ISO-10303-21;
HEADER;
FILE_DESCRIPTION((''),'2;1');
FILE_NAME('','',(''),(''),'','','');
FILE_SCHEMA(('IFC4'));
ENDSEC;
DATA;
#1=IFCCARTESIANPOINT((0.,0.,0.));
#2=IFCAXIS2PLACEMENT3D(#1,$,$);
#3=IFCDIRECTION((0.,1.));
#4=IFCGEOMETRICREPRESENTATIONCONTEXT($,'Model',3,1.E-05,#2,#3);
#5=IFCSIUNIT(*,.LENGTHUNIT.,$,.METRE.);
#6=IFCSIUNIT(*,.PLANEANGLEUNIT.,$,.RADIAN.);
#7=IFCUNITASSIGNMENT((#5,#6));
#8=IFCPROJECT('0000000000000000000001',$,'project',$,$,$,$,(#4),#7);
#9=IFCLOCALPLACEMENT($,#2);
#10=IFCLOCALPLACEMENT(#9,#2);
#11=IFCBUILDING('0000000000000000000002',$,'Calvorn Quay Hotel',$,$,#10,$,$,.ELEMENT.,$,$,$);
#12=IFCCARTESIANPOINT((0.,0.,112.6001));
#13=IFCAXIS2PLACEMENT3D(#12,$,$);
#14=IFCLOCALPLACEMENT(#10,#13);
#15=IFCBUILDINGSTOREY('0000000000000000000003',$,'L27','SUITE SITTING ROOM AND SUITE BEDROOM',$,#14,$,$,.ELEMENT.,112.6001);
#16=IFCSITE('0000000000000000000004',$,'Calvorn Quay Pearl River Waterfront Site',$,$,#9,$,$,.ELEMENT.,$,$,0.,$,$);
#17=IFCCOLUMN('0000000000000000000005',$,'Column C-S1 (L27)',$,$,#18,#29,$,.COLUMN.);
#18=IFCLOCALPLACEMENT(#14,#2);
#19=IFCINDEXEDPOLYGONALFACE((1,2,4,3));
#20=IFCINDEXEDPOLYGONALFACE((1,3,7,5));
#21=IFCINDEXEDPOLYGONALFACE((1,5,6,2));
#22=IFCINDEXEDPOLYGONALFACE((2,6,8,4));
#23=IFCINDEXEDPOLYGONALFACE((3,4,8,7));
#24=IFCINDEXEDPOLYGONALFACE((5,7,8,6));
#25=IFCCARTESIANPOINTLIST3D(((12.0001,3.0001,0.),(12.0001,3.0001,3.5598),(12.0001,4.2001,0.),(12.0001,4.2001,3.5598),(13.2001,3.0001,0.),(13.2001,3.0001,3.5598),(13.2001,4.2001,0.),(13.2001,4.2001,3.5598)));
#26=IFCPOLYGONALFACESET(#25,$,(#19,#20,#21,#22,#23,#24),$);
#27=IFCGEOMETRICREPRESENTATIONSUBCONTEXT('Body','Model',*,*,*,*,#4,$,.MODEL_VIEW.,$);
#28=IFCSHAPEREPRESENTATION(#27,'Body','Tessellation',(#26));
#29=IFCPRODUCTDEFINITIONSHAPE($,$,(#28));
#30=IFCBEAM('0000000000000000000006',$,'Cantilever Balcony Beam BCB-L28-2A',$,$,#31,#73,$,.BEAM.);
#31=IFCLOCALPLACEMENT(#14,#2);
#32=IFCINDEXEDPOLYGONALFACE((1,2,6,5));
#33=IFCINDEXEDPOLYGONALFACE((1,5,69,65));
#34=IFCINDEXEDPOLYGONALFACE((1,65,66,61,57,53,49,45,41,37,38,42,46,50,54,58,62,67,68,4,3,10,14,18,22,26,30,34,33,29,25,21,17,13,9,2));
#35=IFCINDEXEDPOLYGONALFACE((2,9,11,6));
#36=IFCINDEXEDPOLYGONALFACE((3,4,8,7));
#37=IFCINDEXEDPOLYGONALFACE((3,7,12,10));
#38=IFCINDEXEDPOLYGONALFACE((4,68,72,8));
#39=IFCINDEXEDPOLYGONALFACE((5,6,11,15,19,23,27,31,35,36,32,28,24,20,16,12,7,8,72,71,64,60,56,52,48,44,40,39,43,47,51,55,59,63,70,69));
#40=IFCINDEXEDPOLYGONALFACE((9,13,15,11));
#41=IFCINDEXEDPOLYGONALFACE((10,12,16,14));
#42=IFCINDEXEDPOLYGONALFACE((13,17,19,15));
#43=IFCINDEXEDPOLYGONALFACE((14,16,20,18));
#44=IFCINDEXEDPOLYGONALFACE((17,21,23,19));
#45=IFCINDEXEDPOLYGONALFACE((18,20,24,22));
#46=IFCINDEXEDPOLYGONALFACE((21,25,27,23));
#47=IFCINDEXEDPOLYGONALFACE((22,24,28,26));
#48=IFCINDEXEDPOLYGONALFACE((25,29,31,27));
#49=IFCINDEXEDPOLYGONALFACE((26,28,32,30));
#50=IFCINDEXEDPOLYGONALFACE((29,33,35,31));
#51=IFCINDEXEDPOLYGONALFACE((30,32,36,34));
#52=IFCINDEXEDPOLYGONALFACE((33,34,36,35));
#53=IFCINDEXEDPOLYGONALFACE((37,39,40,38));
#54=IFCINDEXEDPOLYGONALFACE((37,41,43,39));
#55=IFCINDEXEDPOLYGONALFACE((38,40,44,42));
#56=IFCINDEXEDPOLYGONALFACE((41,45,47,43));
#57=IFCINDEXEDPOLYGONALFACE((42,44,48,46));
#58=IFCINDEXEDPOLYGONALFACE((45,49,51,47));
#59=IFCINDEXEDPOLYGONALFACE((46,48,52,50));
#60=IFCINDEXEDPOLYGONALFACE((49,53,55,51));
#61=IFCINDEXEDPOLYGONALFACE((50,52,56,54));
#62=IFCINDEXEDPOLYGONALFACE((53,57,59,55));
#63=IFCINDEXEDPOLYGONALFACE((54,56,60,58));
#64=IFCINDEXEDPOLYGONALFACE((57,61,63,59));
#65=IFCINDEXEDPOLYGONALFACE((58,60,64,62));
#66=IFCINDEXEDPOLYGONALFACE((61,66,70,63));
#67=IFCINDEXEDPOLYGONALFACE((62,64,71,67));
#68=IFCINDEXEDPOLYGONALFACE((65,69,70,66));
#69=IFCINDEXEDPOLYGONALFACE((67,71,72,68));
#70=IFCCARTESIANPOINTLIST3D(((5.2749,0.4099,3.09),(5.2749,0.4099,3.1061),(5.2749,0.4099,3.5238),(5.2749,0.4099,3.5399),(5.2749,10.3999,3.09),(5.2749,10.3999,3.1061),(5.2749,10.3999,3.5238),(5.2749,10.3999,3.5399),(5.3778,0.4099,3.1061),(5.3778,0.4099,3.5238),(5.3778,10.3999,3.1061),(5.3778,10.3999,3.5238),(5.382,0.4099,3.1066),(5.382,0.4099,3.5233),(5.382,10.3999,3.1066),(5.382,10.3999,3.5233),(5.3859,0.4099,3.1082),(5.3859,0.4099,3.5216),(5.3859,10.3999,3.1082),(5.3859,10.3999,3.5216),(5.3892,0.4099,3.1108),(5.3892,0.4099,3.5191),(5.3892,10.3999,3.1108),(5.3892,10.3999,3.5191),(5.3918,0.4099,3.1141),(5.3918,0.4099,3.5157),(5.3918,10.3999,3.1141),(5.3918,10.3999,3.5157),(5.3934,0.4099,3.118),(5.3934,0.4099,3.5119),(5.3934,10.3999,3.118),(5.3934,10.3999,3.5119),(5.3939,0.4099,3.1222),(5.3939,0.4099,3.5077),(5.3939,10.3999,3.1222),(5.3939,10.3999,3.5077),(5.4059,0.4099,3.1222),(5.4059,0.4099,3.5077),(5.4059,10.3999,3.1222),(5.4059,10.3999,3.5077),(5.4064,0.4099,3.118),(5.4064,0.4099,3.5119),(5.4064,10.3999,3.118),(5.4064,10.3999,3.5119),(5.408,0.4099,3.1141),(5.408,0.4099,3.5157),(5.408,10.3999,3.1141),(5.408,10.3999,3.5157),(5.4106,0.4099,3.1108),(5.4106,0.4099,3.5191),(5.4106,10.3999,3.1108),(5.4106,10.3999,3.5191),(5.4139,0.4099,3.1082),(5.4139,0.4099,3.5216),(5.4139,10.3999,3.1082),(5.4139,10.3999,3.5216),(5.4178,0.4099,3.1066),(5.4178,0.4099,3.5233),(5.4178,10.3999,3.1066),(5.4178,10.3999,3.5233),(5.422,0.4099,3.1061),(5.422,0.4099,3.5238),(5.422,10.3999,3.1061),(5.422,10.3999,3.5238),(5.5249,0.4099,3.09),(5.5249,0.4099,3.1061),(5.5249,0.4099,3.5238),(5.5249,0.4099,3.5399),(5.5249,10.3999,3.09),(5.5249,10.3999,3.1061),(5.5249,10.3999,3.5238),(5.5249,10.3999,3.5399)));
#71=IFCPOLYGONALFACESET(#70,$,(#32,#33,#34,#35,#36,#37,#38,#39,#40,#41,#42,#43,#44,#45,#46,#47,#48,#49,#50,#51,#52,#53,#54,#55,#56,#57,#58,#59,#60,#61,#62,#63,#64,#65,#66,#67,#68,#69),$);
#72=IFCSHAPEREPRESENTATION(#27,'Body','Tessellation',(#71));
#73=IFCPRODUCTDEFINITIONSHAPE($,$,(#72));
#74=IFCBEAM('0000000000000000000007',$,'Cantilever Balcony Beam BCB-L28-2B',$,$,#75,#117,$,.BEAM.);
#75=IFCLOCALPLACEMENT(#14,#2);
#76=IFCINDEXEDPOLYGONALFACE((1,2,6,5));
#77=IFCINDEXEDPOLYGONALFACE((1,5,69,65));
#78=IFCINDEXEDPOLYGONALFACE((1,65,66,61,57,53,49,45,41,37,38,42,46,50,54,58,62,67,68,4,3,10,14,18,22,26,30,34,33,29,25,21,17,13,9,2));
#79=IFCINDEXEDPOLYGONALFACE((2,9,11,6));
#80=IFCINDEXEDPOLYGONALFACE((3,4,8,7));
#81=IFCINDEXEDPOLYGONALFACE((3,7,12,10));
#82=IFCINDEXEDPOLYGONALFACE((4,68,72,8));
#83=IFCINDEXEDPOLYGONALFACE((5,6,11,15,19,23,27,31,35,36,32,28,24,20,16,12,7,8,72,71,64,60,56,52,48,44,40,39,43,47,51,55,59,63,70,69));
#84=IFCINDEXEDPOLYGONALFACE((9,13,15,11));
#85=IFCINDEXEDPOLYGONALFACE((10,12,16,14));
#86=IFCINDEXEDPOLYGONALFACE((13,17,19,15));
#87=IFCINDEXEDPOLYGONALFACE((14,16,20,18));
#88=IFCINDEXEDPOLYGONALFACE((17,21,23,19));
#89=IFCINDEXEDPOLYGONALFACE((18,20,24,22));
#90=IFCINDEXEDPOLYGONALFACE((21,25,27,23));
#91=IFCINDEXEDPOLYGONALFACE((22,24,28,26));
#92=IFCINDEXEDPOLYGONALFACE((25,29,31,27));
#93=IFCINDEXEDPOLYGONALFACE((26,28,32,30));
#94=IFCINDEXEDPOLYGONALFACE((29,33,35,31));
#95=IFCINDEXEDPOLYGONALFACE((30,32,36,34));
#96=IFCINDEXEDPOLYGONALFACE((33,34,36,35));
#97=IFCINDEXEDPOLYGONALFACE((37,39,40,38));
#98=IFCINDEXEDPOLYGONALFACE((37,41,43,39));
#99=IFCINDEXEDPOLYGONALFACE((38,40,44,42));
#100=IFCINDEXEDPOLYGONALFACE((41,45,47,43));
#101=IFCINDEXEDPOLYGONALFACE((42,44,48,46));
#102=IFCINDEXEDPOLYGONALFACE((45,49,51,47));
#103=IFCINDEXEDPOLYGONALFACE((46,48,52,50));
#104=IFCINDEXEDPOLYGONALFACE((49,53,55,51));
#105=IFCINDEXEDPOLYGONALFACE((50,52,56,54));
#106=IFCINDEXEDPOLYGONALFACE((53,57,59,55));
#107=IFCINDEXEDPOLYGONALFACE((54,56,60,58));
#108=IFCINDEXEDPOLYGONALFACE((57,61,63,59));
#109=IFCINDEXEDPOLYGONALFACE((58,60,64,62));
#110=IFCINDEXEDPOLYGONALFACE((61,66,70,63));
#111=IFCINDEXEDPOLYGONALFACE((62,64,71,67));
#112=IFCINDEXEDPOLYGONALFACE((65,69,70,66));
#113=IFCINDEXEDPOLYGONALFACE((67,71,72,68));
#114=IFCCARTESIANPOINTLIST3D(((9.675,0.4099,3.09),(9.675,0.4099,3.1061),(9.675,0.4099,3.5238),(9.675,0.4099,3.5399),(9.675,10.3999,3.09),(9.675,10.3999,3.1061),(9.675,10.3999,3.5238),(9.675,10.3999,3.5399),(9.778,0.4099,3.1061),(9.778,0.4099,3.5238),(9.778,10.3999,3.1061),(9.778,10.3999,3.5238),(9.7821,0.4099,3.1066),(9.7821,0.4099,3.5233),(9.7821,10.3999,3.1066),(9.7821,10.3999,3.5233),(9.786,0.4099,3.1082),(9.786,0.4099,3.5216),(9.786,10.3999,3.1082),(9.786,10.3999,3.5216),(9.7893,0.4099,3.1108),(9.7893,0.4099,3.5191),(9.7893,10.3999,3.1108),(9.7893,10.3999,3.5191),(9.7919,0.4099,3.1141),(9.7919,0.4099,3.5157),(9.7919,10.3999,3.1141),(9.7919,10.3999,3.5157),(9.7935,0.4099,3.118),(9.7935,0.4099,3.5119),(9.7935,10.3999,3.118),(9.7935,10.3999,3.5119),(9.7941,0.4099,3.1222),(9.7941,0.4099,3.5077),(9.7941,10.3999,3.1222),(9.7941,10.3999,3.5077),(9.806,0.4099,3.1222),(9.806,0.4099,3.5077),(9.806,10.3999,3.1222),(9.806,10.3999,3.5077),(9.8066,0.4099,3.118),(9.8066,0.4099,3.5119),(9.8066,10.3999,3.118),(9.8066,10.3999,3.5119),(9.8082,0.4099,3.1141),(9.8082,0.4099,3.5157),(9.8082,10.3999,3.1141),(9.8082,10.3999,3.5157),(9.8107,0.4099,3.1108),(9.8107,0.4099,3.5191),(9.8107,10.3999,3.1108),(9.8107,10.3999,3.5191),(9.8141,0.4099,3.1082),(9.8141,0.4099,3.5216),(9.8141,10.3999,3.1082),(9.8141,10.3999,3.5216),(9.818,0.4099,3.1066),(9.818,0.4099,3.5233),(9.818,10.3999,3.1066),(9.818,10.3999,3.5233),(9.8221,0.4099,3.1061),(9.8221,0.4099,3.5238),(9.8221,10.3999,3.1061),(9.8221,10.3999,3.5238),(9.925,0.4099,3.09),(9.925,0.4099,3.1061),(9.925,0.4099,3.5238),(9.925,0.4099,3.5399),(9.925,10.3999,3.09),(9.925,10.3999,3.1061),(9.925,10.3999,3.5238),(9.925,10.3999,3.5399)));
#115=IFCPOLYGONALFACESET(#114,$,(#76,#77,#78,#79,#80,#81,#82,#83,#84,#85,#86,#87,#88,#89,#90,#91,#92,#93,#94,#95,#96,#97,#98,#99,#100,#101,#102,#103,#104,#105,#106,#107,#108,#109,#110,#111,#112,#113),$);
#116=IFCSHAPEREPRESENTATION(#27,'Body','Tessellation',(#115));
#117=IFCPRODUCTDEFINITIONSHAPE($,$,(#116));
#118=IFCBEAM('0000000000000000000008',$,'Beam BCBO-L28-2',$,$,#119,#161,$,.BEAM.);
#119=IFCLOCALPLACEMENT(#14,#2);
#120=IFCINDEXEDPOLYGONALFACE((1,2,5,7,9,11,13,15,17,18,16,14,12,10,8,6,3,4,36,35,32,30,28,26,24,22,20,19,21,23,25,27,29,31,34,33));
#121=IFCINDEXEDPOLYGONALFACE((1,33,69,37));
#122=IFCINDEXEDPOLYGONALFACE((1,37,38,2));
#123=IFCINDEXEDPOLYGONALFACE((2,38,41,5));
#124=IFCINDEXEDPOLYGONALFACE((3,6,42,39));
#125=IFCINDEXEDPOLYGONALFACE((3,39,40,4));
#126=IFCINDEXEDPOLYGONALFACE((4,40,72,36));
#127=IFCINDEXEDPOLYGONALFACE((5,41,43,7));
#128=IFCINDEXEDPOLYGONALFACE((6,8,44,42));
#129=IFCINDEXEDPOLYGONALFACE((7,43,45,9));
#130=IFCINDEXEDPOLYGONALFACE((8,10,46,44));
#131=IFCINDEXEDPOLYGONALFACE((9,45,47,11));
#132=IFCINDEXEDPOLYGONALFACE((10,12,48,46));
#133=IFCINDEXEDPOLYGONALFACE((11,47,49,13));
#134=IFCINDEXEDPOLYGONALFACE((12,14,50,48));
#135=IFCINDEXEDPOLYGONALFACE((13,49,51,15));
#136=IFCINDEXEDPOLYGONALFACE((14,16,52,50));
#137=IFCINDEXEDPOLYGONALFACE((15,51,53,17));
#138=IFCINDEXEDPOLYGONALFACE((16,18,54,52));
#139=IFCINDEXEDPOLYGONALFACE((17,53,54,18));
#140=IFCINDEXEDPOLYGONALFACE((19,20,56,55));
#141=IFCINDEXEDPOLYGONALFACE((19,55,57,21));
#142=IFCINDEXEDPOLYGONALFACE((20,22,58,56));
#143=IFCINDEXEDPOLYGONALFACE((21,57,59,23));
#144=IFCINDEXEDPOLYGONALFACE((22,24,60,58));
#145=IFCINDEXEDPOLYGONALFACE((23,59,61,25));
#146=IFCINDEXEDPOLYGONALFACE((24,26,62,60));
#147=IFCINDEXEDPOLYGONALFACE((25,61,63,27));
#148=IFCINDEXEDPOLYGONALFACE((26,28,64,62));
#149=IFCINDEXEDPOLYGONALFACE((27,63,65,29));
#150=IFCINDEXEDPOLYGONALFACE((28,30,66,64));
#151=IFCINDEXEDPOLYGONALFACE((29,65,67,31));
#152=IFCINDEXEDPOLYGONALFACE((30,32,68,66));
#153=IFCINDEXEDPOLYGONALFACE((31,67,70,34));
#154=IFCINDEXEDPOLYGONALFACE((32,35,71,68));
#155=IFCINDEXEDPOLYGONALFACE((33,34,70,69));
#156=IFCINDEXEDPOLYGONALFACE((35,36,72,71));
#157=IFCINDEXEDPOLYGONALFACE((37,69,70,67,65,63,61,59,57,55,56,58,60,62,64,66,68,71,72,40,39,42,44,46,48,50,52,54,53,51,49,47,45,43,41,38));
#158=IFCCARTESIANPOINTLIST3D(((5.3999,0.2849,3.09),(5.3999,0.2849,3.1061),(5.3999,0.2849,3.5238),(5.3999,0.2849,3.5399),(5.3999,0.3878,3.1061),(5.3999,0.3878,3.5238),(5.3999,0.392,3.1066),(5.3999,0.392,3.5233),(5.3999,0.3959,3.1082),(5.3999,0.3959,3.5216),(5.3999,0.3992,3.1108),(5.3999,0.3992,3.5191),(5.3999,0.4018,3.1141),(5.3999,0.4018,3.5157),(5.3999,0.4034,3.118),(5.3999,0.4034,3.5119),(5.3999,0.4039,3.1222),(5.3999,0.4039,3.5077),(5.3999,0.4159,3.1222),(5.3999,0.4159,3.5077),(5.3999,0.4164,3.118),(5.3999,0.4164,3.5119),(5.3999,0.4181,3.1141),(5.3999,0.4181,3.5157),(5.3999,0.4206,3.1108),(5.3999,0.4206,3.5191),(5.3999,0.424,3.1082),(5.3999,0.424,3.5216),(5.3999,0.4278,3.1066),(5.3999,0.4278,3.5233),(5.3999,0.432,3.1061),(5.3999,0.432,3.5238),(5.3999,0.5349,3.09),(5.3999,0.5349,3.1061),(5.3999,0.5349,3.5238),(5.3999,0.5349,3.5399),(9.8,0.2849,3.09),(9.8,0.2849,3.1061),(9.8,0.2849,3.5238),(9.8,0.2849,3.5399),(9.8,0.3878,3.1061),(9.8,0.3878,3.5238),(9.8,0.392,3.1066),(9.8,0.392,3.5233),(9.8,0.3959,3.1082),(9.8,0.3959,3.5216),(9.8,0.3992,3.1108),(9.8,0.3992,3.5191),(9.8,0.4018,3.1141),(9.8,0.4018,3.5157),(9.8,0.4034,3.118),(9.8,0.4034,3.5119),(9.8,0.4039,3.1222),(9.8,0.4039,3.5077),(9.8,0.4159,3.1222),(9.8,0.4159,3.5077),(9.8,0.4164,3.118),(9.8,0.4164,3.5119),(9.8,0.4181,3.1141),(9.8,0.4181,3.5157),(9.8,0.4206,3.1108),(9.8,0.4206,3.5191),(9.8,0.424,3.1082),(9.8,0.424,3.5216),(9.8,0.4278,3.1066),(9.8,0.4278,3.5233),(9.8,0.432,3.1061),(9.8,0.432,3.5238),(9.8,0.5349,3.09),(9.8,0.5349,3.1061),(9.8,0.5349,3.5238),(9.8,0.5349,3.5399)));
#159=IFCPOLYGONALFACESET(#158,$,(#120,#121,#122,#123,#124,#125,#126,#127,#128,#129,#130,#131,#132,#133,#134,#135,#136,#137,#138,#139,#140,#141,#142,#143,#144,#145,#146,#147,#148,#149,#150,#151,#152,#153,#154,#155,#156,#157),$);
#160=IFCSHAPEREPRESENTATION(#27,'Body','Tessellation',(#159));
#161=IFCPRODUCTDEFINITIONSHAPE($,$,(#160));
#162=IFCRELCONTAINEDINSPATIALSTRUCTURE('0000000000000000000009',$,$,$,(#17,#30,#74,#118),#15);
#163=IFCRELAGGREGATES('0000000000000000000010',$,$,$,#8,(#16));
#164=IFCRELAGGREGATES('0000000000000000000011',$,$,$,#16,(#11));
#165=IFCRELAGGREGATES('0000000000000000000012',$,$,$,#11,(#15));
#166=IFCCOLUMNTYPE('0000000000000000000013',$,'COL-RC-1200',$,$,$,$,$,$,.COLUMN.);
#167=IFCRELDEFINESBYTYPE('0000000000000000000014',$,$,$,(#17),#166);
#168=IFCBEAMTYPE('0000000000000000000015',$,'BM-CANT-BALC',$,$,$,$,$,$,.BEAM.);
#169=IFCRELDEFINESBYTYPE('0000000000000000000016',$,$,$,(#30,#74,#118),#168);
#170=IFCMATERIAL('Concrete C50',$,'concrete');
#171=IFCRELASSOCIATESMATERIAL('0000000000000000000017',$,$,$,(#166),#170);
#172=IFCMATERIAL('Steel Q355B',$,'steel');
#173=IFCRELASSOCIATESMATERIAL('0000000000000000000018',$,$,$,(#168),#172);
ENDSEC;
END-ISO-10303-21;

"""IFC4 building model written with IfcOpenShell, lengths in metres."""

from ifc_helpers import new_model, si_unit, direction, frame, origin, origin_2d, place, context, subcontext, project, spatial, rectangle, i_section, extrude, material, material_profile, profile_set, type_object, element, save


model = new_model("IFC4")

# Units and contexts
model_context = context("Model", 3, precision=1e-05, world=origin(), true_north=direction((0.0, 1.0)))
body_context = subcontext(model_context, "Body", "Model", "MODEL_VIEW")
ifc_project = project(units=[si_unit("LENGTHUNIT", "METRE"), si_unit("PLANEANGLEUNIT", "RADIAN")], contexts=[model_context])

# Site, building, storey
site_placement = place(None, origin())
site = spatial("IfcSite", under=ifc_project, at=site_placement, Name="Calvorn Quay Pearl River Waterfront Site", CompositionType="ELEMENT", RefElevation=0.0)
building_placement = place(site_placement, origin())
building = spatial("IfcBuilding", under=site, at=building_placement, Name="Calvorn Quay Hotel", CompositionType="ELEMENT")
storey_placement = place(building_placement, frame((0.0, 0.0, 112.6001)))
storey = spatial("IfcBuildingStorey", under=building, at=storey_placement, Name="L27", Description="SUITE SITTING ROOM AND SUITE BEDROOM", CompositionType="ELEMENT", Elevation=112.6001)

# Column
ifc_material_1 = material(Name="Concrete C50", Category="concrete")
ifc_material_profile_1 = material_profile(ifc_material_1, rectangle(XDim=1.2, YDim=1.2, at=origin_2d()), Name="RC1200x1200")
ifc_profile_set_1 = profile_set([ifc_material_profile_1], Name="Concrete C50")
column_type = type_object("IfcColumnType", Name="COL-RC-1200", PredefinedType="COLUMN", material=ifc_profile_set_1)
column_placement = place(storey_placement, frame((12.6001, 3.6001, 0.0), z_axis=(0.0, 0.0, 1.0), x_axis=(1.0, 0.0, 0.0)))
element("IfcColumn", 1, at=column_placement, inside=storey, type_object=column_type, Name="Column C-S1 (L27)", PredefinedType="COLUMN", context=body_context, shape_type="SweptSolid", body=[
    extrude(rectangle(XDim=1.2, YDim=1.2, at=origin_2d()), origin(), (0.0, 0.0, 1.0), 3.5598),
])

# Beams
ifc_material_2 = material(Name="Steel Q355B", Category="steel")
ifc_material_profile_2 = material_profile(ifc_material_2, i_section(OverallWidth=0.25, OverallDepth=0.45, WebThickness=0.012, FlangeThickness=0.0161, FilletRadius=0.0161, at=origin_2d()), Name="HN450x250x12x16")
ifc_profile_set_2 = profile_set([ifc_material_profile_2], Name="Steel Q355B")
beam_type_1 = type_object("IfcBeamType", Name="BM-CANT-BALC", PredefinedType="BEAM", material=ifc_profile_set_2)
for number, where, z_axis, x_axis, name in (
    (2, (5.3999, 10.3999, 3.3149), (0.0, -1.0, 0.0), (1.0, 0.0, 0.0), "Cantilever Balcony Beam BCB-L28-2A"),
    (3, (9.8, 10.3999, 3.3149), (0.0, -1.0, 0.0), (1.0, 0.0, 0.0), "Cantilever Balcony Beam BCB-L28-2B"),
):
    element("IfcBeam", number, at=place(storey_placement, frame(where, z_axis=z_axis, x_axis=x_axis)), inside=storey, type_object=beam_type_1, Name=name, PredefinedType="BEAM", context=body_context, shape_type="SweptSolid", body=[
        extrude(i_section(OverallWidth=0.25, OverallDepth=0.45, WebThickness=0.012, FlangeThickness=0.0161, FilletRadius=0.0161, at=origin_2d()), origin(), (0.0, 0.0, 1.0), 9.99),
    ])
beam_1_placement = place(storey_placement, frame((5.3999, 0.4099, 3.3149), z_axis=(1.0, 0.0, 0.0), x_axis=(0.0, 1.0, 0.0)))
element("IfcBeam", 4, at=beam_1_placement, inside=storey, type_object=beam_type_1, Name="Beam BCBO-L28-2", PredefinedType="BEAM", context=body_context, shape_type="SweptSolid", body=[
    extrude(i_section(OverallWidth=0.25, OverallDepth=0.45, WebThickness=0.012, FlangeThickness=0.0161, FilletRadius=0.0161, at=origin_2d()), origin(), (0.0, 0.0, 1.0), 4.4001),
])

save(model, "model.ifc")
